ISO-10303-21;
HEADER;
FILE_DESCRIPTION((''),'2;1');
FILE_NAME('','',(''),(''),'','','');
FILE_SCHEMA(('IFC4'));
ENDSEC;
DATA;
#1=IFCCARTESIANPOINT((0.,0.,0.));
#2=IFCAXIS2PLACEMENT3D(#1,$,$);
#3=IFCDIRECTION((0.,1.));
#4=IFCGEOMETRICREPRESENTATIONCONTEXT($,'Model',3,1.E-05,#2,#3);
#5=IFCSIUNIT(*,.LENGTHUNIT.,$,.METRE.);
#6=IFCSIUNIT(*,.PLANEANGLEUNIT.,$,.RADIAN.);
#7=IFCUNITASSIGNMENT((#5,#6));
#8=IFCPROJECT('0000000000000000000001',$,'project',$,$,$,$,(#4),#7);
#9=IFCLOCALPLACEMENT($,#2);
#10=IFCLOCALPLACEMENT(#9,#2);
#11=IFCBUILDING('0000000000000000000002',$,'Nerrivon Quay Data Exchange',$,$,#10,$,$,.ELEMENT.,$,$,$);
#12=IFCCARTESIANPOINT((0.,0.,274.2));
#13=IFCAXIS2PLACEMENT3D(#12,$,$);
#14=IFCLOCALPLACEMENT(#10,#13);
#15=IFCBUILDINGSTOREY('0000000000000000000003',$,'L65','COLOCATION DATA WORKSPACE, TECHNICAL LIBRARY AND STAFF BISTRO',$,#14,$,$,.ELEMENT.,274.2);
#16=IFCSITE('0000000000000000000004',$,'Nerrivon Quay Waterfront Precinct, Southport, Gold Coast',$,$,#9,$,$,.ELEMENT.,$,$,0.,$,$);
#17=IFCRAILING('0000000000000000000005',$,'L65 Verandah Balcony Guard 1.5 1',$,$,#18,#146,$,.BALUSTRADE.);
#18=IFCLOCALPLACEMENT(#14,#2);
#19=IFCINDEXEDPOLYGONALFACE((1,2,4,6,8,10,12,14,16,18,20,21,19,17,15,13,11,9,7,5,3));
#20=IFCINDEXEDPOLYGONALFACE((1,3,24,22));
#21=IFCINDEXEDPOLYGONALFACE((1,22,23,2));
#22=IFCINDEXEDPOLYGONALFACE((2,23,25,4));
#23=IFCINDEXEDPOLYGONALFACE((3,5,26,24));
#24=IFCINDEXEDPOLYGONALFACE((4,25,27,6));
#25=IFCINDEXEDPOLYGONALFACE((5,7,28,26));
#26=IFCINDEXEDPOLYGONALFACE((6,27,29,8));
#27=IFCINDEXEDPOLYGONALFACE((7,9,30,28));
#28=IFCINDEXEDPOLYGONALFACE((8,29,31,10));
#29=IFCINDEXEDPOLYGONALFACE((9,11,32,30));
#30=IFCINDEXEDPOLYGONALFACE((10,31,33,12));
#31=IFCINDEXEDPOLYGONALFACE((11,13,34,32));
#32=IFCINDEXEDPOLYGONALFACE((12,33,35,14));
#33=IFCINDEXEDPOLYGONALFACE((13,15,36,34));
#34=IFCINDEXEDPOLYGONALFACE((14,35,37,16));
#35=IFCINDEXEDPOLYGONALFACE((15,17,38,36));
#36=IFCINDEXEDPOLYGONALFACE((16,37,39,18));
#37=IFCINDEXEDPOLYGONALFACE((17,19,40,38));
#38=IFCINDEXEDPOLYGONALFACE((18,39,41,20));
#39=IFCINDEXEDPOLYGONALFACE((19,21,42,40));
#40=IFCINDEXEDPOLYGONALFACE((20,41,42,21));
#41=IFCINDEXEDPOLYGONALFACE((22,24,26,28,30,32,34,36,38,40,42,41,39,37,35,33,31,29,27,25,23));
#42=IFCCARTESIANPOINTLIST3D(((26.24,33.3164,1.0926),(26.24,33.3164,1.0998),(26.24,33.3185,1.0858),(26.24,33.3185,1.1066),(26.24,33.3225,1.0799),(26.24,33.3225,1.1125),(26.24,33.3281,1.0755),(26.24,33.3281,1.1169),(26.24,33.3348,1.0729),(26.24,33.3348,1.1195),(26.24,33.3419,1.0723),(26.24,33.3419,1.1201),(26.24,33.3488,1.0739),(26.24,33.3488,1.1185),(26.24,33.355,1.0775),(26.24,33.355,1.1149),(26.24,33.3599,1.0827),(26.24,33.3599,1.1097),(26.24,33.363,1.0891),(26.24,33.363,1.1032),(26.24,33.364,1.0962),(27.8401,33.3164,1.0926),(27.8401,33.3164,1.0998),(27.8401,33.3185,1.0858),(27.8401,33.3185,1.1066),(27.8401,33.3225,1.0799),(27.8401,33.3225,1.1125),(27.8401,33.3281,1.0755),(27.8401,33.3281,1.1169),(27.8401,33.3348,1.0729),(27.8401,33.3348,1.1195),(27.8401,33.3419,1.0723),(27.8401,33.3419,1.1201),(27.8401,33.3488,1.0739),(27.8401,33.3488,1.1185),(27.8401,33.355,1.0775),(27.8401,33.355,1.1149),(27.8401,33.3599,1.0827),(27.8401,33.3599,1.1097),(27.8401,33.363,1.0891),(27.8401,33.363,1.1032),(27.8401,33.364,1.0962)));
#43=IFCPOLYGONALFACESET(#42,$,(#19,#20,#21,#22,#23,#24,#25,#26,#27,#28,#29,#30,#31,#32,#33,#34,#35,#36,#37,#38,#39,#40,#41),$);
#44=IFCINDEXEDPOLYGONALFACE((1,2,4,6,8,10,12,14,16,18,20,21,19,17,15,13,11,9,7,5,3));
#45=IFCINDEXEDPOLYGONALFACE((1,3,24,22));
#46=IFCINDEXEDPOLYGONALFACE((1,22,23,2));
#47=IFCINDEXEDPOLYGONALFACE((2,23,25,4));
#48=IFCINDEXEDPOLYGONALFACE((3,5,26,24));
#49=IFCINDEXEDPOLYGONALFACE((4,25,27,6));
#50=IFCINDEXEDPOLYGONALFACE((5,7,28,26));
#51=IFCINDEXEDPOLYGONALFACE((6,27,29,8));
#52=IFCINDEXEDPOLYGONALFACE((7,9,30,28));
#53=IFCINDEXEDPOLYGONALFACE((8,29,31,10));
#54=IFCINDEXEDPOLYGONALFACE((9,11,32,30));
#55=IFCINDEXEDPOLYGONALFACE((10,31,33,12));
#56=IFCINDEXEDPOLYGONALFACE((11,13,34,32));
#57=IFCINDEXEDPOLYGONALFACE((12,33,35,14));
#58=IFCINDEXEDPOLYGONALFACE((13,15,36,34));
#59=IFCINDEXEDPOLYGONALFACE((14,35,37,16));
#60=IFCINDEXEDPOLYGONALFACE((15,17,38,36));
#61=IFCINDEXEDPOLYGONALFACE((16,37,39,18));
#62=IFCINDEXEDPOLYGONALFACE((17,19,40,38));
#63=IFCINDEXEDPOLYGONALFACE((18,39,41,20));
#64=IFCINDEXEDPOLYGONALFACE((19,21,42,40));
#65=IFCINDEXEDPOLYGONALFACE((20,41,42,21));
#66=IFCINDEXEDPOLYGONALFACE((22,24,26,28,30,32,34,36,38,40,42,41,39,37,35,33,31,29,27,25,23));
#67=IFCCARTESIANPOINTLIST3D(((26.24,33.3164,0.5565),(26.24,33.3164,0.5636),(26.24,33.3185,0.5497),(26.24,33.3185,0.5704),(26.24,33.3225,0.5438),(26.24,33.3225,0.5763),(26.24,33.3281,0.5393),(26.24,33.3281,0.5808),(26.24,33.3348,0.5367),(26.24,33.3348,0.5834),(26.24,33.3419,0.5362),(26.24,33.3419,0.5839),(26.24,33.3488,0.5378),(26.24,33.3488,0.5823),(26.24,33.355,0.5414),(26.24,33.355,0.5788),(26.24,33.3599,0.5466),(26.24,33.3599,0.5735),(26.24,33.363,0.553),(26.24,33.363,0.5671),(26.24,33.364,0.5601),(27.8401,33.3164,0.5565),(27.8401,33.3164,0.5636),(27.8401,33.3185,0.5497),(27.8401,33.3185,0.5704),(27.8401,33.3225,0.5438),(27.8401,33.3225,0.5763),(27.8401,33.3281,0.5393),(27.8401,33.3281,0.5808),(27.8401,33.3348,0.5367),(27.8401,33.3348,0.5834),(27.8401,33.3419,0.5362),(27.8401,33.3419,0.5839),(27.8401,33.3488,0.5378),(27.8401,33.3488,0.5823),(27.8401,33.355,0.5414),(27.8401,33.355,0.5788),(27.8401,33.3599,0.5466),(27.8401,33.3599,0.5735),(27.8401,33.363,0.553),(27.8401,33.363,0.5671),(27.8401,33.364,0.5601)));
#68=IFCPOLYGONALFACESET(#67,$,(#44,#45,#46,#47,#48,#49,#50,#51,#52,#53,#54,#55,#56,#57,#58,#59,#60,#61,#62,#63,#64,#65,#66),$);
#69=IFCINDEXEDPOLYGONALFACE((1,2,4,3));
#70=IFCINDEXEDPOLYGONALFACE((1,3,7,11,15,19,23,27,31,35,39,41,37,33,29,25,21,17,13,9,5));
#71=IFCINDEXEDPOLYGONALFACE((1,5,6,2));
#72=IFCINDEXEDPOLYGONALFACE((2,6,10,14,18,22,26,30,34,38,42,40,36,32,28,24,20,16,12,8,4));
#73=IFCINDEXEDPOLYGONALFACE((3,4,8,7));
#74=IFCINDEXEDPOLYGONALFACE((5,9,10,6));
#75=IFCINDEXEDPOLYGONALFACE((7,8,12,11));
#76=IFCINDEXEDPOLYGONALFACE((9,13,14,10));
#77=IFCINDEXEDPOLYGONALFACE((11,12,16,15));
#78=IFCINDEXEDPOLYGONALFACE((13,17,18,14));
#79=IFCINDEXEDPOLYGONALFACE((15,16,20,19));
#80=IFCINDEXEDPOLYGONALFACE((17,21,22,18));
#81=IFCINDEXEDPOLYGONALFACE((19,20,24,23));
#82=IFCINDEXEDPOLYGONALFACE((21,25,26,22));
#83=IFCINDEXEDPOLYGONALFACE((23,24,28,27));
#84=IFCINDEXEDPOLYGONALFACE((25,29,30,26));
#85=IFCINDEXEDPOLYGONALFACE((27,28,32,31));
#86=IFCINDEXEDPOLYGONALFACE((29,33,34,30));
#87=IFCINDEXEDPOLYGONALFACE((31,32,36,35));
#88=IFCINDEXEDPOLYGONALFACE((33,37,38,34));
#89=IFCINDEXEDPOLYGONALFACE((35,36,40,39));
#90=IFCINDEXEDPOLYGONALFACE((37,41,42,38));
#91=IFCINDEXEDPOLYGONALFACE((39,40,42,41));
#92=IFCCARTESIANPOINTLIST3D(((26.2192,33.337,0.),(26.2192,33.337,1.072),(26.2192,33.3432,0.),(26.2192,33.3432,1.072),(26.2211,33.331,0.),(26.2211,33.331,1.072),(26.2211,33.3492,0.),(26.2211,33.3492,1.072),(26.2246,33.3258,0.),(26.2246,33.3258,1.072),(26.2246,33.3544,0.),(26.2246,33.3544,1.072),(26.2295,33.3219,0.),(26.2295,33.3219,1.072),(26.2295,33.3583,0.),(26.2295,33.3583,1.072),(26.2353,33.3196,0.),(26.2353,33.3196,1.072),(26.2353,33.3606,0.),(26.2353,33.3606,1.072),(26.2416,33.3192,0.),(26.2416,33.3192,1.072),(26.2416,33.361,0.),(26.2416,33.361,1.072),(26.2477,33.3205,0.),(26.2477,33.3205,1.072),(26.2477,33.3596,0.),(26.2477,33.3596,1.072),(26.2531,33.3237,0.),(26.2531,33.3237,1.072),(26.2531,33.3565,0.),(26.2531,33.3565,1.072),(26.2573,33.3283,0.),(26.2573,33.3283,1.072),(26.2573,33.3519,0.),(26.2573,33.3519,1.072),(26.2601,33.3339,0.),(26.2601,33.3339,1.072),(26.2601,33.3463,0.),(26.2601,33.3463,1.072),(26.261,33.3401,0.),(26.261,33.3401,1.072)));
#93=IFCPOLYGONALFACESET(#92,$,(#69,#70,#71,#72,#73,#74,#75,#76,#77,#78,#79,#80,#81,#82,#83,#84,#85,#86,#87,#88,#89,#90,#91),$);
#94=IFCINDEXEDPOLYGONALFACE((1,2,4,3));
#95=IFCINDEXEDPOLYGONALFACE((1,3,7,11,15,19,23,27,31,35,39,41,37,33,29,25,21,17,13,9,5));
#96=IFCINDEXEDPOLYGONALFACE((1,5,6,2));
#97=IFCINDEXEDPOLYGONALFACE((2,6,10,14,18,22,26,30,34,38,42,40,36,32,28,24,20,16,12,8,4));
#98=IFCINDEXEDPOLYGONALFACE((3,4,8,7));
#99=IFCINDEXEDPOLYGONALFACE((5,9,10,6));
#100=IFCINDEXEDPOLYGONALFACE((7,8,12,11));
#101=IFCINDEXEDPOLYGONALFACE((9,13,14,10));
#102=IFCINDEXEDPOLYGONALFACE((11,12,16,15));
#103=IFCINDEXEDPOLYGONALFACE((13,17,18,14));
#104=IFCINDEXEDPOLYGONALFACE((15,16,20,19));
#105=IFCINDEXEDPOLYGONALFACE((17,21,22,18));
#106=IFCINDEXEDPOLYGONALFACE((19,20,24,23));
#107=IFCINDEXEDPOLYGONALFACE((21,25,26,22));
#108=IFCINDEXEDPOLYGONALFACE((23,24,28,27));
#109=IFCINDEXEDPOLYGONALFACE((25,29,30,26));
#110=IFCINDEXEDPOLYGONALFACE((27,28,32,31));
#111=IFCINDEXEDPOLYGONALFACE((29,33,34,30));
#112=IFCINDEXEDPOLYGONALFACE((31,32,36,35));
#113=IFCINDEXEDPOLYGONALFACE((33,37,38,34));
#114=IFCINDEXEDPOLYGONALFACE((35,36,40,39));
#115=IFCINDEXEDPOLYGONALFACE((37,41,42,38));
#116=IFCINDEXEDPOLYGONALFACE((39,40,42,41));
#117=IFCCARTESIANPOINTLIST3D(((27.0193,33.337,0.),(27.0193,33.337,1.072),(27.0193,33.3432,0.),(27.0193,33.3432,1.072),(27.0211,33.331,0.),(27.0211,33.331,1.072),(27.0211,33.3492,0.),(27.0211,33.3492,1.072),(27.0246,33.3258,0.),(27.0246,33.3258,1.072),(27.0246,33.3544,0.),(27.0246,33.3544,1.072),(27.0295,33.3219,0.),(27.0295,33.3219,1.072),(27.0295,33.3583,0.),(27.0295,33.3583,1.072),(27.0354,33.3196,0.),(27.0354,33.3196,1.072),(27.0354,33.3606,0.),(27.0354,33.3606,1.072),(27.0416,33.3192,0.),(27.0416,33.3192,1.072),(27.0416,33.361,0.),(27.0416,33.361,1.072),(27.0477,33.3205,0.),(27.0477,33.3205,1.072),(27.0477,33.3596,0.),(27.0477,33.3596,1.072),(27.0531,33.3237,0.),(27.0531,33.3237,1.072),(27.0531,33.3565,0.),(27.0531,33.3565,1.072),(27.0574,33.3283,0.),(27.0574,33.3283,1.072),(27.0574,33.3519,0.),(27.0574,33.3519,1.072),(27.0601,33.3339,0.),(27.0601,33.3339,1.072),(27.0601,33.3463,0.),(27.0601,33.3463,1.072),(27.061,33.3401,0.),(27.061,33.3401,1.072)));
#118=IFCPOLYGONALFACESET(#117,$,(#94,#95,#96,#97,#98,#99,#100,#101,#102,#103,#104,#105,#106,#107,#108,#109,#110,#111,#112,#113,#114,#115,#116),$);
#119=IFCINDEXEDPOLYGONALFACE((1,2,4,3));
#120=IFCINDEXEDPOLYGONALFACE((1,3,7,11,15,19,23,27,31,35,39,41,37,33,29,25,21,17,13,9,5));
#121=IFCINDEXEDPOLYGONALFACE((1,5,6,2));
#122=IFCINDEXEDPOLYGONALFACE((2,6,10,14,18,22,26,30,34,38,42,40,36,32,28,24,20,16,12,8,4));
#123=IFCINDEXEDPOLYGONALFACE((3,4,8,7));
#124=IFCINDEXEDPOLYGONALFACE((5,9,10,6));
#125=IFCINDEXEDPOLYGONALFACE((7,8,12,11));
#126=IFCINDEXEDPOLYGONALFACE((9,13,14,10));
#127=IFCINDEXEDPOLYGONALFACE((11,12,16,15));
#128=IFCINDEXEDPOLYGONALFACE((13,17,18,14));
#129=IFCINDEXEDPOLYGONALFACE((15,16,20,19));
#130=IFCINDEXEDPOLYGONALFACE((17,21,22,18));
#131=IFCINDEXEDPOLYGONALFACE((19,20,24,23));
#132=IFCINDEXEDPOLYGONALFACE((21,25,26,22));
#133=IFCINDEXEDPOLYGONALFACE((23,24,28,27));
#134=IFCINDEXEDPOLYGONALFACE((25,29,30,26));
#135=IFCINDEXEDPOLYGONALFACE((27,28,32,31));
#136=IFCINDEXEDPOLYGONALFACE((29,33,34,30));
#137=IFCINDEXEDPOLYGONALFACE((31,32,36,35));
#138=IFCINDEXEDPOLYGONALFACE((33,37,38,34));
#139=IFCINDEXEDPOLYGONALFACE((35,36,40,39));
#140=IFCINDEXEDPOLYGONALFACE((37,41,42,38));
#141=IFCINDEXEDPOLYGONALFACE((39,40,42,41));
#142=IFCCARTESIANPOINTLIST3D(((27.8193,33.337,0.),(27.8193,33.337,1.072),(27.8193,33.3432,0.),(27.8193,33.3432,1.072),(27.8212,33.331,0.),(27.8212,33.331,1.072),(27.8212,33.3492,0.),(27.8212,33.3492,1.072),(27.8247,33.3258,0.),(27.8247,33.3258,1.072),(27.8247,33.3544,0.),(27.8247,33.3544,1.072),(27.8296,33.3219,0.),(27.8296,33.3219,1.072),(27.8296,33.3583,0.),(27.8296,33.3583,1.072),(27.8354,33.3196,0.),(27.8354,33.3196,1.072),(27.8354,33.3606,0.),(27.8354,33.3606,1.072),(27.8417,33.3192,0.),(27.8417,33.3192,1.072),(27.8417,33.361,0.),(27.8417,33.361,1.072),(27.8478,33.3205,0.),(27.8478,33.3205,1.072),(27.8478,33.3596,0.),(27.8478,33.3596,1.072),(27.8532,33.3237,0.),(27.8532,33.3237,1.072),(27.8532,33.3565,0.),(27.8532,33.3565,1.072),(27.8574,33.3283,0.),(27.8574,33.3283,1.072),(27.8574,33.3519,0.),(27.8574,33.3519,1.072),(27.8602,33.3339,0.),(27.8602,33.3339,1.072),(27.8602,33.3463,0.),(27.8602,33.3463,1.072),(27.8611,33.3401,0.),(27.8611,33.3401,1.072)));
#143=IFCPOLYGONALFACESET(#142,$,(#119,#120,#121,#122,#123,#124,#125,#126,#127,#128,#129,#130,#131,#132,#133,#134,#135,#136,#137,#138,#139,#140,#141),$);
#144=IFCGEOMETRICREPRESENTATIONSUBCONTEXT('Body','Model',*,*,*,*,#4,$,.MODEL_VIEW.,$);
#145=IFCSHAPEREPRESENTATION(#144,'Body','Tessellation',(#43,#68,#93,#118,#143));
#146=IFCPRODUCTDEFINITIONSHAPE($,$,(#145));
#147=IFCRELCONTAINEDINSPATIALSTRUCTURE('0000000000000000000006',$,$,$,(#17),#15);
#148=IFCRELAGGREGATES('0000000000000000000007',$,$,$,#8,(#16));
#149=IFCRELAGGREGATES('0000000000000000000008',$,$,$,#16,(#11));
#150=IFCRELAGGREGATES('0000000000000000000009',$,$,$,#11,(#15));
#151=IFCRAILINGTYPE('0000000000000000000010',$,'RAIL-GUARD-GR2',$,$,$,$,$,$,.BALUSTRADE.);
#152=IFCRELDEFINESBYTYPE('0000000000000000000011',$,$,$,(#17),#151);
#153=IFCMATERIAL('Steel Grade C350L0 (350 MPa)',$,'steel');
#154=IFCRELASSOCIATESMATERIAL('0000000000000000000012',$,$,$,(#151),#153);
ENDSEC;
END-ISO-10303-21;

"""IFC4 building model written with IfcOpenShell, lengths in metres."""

from ifc_helpers import new_model, si_unit, direction, frame, origin, origin_2d, place, context, subcontext, project, spatial, circle, extrude, material, type_object, element, save


model = new_model("IFC4")

# Units and contexts
model_context = context("Model", 3, precision=1e-05, world=origin(), true_north=direction((0.0, 1.0)))
body_context = subcontext(model_context, "Body", "Model", "MODEL_VIEW")
ifc_project = project(units=[si_unit("LENGTHUNIT", "METRE"), si_unit("PLANEANGLEUNIT", "RADIAN")], contexts=[model_context])

# Site, building, storey
site_placement = place(None, origin())
site = spatial("IfcSite", under=ifc_project, at=site_placement, Name="Nerrivon Quay Waterfront Precinct, Southport, Gold Coast", CompositionType="ELEMENT", RefElevation=0.0)
building_placement = place(site_placement, origin())
building = spatial("IfcBuilding", under=site, at=building_placement, Name="Nerrivon Quay Data Exchange", CompositionType="ELEMENT")
storey_placement = place(building_placement, frame((0.0, 0.0, 274.2)))
storey = spatial("IfcBuildingStorey", under=building, at=storey_placement, Name="L65", Description="COLOCATION DATA WORKSPACE, TECHNICAL LIBRARY AND STAFF BISTRO", CompositionType="ELEMENT", Elevation=274.2)

# Shared definitions
ifc_material_1 = material(Name="Steel Grade C350L0 (350 MPa)", Category="steel")

# Railing
railing_type = type_object("IfcRailingType", Name="RAIL-GUARD-GR2", PredefinedType="BALUSTRADE", material=ifc_material_1)
railing_1_placement = place(storey_placement, frame((26.24, 33.3401, 0.0)))
element("IfcRailing", 1, at=railing_1_placement, inside=storey, type_object=railing_type, Name="L65 Verandah Balcony Guard 1.5 1", PredefinedType="BALUSTRADE", context=body_context, shape_type="SweptSolid", body=[
    extrude(circle(Radius=0.0239, at=origin_2d()), frame((0.0, 0.0, 1.0962), z_axis=(1.0, 0.0, 0.0), x_axis=(0.0, 1.0, 0.0)), (0.0, 0.0, 1.0), 1.6001),
    extrude(circle(Radius=0.0239, at=origin_2d()), frame((0.0, 0.0, 0.5601), z_axis=(1.0, 0.0, 0.0), x_axis=(0.0, 1.0, 0.0)), (0.0, 0.0, 1.0), 1.6001),
    extrude(circle(Radius=0.021, at=origin_2d()), origin(), (0.0, 0.0, 1.0), 1.072),
    extrude(circle(Radius=0.021, at=origin_2d()), frame((0.8, 0.0, 0.0)), (0.0, 0.0, 1.0), 1.072),
    extrude(circle(Radius=0.021, at=origin_2d()), frame((1.6001, 0.0, 0.0)), (0.0, 0.0, 1.0), 1.072),
])

save(model, "model.ifc")
